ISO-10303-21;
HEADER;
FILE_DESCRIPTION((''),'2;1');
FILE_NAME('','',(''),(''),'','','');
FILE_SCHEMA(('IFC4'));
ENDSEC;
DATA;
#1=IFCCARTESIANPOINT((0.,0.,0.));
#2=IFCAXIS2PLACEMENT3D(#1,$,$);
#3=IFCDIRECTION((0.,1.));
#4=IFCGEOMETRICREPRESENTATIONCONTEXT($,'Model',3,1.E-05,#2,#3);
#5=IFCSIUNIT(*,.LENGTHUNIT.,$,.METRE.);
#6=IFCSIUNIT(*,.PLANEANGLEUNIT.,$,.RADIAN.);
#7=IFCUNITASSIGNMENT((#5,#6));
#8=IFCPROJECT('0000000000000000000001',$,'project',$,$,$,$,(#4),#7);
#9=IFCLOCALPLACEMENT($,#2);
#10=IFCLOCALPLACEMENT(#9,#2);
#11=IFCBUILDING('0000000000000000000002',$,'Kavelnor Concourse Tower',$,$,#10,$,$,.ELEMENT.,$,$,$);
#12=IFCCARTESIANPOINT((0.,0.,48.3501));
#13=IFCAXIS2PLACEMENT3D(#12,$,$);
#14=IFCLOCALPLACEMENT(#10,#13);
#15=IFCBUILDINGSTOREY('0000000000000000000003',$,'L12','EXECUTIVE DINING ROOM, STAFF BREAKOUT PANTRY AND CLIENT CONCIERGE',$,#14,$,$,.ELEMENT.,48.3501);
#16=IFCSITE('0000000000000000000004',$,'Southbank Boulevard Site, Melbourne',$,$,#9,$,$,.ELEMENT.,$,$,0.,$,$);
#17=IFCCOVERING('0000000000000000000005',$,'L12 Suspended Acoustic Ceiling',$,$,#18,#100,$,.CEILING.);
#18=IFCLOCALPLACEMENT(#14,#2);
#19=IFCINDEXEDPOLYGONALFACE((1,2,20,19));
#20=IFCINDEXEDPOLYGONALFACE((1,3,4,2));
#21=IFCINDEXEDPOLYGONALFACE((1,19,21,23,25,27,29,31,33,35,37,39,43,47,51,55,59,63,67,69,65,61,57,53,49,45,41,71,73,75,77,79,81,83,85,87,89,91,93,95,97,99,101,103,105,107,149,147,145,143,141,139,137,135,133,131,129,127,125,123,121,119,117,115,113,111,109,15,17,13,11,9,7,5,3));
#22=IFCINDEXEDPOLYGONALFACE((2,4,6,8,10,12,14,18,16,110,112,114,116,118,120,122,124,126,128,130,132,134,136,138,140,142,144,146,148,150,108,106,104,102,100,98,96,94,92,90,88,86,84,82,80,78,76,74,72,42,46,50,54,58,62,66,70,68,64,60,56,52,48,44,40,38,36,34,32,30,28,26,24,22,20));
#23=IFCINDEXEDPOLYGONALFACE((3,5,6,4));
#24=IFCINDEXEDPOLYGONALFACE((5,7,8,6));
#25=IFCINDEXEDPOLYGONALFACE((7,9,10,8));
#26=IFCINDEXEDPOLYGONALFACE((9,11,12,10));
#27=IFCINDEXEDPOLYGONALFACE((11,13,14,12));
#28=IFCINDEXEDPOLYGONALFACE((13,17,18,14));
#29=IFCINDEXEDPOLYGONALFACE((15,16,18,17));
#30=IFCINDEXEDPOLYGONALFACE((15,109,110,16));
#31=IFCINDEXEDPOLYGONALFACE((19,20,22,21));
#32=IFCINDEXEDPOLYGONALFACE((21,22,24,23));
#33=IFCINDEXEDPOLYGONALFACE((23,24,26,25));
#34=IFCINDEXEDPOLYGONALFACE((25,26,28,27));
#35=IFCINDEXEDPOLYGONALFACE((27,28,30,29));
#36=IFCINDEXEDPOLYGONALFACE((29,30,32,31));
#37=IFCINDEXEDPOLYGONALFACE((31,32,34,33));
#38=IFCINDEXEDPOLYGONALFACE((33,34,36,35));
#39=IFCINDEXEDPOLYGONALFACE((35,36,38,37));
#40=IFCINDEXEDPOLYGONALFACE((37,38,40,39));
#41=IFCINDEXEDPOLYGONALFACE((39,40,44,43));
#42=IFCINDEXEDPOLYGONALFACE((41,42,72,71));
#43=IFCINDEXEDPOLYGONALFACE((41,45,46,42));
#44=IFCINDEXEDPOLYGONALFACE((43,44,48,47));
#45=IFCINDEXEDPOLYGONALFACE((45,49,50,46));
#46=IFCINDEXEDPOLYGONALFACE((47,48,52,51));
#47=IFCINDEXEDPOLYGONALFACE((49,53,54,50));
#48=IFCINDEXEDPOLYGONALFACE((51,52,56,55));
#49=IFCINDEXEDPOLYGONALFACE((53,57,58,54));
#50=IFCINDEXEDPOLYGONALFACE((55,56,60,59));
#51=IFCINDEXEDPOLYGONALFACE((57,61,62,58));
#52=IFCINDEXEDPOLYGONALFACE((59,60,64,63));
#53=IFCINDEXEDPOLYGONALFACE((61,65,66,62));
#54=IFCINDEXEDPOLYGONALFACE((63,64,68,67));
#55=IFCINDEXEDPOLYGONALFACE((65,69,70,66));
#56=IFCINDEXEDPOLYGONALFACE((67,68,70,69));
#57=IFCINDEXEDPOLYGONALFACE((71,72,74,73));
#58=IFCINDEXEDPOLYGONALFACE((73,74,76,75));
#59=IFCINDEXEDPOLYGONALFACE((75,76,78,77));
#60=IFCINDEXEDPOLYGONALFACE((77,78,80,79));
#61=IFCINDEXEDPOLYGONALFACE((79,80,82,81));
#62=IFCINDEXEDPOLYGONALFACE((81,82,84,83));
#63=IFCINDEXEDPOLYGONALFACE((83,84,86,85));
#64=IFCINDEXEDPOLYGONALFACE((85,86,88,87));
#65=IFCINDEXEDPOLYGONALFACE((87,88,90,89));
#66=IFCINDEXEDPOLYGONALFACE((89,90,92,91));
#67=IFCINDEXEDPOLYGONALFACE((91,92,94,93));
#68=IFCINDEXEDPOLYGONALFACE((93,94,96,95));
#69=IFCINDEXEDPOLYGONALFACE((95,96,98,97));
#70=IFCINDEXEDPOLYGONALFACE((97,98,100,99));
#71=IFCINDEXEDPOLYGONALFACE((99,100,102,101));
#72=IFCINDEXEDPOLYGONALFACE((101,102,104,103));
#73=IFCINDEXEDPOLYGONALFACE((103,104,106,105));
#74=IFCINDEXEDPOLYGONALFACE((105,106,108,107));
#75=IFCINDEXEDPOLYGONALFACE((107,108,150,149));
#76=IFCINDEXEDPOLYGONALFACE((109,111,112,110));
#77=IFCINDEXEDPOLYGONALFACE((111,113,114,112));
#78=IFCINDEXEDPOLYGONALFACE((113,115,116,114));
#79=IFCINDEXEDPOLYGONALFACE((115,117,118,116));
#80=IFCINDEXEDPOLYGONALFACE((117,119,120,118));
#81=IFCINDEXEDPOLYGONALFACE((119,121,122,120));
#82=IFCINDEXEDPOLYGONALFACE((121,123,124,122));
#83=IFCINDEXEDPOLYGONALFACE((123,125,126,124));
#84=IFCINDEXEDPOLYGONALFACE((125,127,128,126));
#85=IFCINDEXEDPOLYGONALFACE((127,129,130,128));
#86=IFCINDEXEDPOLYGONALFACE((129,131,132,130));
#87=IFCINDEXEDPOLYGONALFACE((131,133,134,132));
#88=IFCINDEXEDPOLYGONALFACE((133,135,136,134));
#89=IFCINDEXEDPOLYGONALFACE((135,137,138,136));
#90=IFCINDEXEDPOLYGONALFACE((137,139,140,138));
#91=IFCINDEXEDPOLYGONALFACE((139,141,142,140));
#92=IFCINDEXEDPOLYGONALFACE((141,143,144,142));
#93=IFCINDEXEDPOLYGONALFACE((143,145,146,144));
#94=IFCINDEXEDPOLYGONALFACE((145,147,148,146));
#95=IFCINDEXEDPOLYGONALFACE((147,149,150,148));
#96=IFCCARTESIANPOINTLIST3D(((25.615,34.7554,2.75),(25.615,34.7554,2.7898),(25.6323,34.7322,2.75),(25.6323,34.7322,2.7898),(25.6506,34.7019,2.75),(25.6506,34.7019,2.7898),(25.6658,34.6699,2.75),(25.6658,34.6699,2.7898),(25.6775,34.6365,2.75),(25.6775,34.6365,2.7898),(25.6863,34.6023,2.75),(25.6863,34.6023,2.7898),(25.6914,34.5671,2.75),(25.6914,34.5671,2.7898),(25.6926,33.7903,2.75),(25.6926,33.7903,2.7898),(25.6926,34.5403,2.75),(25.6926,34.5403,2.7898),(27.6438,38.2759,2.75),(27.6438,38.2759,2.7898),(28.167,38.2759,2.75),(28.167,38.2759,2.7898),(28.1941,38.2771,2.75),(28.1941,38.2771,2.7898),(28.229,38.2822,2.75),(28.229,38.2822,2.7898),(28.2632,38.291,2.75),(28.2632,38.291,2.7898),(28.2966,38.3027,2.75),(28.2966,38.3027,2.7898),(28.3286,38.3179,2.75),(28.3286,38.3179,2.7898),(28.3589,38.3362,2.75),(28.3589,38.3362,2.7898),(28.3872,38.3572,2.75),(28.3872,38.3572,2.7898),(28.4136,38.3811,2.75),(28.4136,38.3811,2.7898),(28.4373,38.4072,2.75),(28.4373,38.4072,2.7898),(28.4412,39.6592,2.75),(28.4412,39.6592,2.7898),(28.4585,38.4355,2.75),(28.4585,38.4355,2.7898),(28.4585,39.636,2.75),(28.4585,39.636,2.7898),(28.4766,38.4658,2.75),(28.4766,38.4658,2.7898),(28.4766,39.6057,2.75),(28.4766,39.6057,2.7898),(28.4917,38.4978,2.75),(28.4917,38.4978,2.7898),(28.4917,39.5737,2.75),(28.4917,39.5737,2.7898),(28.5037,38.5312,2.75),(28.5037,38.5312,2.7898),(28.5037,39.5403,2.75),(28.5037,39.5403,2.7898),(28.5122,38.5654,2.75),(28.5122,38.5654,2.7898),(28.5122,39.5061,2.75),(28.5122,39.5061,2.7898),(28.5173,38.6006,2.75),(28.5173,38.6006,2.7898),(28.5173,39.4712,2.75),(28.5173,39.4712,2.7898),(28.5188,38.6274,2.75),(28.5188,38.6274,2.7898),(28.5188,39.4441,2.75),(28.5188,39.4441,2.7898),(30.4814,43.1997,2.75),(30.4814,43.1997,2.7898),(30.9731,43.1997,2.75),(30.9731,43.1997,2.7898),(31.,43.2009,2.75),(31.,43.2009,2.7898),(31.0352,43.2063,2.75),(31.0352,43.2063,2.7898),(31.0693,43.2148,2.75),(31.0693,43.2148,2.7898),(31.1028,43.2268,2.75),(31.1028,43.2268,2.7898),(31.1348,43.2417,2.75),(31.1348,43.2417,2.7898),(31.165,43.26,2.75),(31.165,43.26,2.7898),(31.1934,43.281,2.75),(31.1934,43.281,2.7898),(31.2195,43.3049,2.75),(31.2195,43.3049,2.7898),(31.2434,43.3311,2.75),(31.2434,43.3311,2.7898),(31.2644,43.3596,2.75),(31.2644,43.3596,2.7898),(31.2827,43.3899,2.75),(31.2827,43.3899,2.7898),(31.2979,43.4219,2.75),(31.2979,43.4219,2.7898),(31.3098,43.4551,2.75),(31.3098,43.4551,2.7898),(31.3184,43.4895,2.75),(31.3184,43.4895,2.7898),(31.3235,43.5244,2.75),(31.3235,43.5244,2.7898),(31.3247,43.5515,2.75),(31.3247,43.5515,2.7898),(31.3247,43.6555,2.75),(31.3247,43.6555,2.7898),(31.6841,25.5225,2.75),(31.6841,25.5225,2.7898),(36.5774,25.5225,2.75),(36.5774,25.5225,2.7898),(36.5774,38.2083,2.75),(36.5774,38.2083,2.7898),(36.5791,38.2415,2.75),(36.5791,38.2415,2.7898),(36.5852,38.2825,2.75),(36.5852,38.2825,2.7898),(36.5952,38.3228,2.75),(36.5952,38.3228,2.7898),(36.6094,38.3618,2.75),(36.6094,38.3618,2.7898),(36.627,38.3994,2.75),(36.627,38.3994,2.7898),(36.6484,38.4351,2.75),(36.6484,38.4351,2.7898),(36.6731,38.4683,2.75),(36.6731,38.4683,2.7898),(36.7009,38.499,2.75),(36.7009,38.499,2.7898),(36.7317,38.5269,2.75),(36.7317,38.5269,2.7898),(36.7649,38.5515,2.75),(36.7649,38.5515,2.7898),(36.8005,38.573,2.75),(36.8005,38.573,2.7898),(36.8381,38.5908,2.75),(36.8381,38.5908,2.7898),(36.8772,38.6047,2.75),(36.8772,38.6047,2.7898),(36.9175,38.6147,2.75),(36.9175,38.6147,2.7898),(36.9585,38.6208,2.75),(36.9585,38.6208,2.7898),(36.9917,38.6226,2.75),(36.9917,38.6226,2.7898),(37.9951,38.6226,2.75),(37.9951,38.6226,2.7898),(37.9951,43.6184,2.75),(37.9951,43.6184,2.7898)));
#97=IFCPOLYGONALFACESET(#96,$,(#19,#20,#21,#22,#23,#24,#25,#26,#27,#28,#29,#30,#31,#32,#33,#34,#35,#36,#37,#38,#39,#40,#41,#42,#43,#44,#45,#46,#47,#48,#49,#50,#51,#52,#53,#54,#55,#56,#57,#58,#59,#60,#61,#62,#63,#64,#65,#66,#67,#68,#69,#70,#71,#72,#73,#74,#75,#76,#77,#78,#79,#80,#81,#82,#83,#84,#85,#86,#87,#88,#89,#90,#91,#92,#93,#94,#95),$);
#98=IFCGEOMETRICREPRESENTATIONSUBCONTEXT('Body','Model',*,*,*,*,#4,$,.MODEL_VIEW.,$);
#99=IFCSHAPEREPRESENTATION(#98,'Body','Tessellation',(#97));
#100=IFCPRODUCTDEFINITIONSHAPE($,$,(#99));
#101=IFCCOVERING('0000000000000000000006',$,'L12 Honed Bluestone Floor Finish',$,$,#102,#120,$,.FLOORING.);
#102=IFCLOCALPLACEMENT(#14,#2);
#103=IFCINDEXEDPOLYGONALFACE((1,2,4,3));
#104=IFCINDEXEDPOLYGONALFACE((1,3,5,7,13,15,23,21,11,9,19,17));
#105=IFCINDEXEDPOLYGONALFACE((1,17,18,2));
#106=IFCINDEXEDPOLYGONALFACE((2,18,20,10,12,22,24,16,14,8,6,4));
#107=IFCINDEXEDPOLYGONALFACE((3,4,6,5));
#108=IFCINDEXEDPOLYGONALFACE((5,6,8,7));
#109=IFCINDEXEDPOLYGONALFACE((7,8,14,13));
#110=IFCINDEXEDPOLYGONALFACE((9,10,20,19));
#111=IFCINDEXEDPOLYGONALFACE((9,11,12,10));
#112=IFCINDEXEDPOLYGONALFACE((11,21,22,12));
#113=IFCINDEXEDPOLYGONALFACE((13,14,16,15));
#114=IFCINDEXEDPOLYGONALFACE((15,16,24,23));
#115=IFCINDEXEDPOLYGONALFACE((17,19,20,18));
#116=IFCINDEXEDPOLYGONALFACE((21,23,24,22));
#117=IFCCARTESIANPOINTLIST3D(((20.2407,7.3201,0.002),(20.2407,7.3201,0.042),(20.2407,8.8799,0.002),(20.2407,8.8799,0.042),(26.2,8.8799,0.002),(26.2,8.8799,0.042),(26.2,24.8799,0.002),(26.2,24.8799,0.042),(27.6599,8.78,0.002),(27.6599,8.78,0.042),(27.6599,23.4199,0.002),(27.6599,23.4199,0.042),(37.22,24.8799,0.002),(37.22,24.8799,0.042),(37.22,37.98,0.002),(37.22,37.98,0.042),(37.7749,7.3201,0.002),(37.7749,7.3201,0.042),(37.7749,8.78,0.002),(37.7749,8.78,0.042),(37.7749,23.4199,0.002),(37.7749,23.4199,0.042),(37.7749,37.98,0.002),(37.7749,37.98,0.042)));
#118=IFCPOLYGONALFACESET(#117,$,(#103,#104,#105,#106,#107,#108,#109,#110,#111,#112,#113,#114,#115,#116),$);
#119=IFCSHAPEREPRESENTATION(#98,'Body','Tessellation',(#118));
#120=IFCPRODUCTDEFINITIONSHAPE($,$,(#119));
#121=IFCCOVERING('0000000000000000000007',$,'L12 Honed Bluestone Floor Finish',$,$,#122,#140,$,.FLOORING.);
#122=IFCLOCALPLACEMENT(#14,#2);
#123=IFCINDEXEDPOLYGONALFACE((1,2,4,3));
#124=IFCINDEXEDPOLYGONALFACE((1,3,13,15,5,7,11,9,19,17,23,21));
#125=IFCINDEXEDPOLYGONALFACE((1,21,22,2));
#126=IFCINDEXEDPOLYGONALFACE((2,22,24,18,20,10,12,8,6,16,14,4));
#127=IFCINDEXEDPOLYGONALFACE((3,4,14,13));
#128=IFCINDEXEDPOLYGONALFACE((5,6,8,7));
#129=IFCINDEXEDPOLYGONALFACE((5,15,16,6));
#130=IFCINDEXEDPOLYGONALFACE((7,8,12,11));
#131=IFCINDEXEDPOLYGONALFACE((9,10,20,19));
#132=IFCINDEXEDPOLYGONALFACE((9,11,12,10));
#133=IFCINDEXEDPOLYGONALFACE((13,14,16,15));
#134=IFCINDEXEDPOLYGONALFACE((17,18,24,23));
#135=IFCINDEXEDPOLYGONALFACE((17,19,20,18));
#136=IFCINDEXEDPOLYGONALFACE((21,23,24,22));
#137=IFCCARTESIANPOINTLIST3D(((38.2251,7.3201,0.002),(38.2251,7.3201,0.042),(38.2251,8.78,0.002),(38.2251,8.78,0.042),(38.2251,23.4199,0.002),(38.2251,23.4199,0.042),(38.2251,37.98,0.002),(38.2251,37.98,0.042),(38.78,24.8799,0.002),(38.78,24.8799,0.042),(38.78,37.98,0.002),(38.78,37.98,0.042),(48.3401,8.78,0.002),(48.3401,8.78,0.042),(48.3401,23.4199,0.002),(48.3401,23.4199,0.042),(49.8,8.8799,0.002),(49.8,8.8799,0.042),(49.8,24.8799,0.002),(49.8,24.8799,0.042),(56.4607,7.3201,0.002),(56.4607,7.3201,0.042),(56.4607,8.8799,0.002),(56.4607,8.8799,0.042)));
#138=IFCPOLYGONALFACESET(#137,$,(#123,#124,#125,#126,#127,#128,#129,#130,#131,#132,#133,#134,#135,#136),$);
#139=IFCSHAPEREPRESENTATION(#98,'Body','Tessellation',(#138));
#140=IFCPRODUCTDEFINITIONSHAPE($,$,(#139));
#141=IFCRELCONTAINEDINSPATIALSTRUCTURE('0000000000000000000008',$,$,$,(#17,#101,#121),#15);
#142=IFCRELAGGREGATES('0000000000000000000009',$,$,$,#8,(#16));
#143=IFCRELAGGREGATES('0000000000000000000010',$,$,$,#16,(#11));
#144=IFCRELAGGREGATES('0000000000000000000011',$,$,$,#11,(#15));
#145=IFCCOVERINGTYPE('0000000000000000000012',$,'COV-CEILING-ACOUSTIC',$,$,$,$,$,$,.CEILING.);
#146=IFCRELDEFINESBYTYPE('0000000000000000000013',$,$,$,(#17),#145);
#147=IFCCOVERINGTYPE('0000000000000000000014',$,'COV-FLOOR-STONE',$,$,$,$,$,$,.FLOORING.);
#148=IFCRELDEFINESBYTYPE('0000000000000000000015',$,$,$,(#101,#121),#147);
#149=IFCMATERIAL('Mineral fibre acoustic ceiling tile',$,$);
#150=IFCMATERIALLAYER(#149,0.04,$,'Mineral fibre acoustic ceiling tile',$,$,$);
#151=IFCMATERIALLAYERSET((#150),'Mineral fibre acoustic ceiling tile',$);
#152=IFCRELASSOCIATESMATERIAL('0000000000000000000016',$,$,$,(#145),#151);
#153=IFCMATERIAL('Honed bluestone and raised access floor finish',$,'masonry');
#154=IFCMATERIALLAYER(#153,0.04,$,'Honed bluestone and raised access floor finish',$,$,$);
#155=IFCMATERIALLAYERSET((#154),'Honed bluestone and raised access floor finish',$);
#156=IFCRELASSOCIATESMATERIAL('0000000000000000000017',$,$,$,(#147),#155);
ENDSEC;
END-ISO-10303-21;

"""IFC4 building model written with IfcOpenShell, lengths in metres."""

from ifc_helpers import new_model, si_unit, direction, frame, origin, place, context, subcontext, project, spatial, polyline, outline, extrude, material, layer, layer_set, type_object, element, save


model = new_model("IFC4")

# Units and contexts
model_context = context("Model", 3, precision=1e-05, world=origin(), true_north=direction((0.0, 1.0)))
body_context = subcontext(model_context, "Body", "Model", "MODEL_VIEW")
ifc_project = project(units=[si_unit("LENGTHUNIT", "METRE"), si_unit("PLANEANGLEUNIT", "RADIAN")], contexts=[model_context])

# Site, building, storey
site_placement = place(None, origin())
site = spatial("IfcSite", under=ifc_project, at=site_placement, Name="Southbank Boulevard Site, Melbourne", CompositionType="ELEMENT", RefElevation=0.0)
building_placement = place(site_placement, origin())
building = spatial("IfcBuilding", under=site, at=building_placement, Name="Kavelnor Concourse Tower", CompositionType="ELEMENT")
storey_placement = place(building_placement, frame((0.0, 0.0, 48.3501)))
storey = spatial("IfcBuildingStorey", under=building, at=storey_placement, Name="L12", Description="EXECUTIVE DINING ROOM, STAFF BREAKOUT PANTRY AND CLIENT CONCIERGE", CompositionType="ELEMENT", Elevation=48.3501)

# Coverings
ifc_material_1 = material(Name="Mineral fibre acoustic ceiling tile")
ifc_layer_1 = layer(ifc_material_1, 0.04, Name="Mineral fibre acoustic ceiling tile")
ifc_layer_set_1 = layer_set([ifc_layer_1], Name="Mineral fibre acoustic ceiling tile")
covering_type_1 = type_object("IfcCoveringType", Name="COV-CEILING-ACOUSTIC", PredefinedType="CEILING", material=ifc_layer_set_1)
covering_1_placement = place(storey_placement, frame((0.0, 0.0, 2.75)))
element("IfcCovering", 1, at=covering_1_placement, inside=storey, type_object=covering_type_1, Name="L12 Suspended Acoustic Ceiling", PredefinedType="CEILING", context=body_context, shape_type="SweptSolid", body=[
    extrude(outline(polyline([(28.1941, 38.2771), (28.229, 38.2822), (28.2632, 38.291), (28.2966, 38.3027), (28.3286, 38.3179), (28.3589, 38.3362), (28.3872, 38.3572), (28.4136, 38.3811), (28.4373, 38.4072), (28.4585, 38.4355), (28.4766, 38.4658), (28.4917, 38.4978), (28.5037, 38.5312), (28.5122, 38.5654), (28.5173, 38.6006), (28.5188, 38.6274), (28.5188, 39.4441), (28.5173, 39.4712), (28.5122, 39.5061), (28.5037, 39.5403), (28.4917, 39.5737), (28.4766, 39.6057), (28.4585, 39.636), (28.4412, 39.6592), (30.4814, 43.1997), (30.9731, 43.1997), (31.0, 43.2009), (31.0352, 43.2063), (31.0693, 43.2148), (31.1028, 43.2268), (31.1348, 43.2417), (31.165, 43.26), (31.1934, 43.281), (31.2195, 43.3049), (31.2434, 43.3311), (31.2644, 43.3596), (31.2827, 43.3899), (31.2979, 43.4219), (31.3098, 43.4551), (31.3184, 43.4895), (31.3235, 43.5244), (31.3247, 43.5515), (31.3247, 43.6555), (37.9951, 43.6184), (37.9951, 38.6226), (36.9917, 38.6226), (36.9585, 38.6208), (36.9175, 38.6147), (36.8772, 38.6047), (36.8381, 38.5908), (36.8005, 38.573), (36.7649, 38.5515), (36.7317, 38.5269), (36.7009, 38.499), (36.6731, 38.4683), (36.6484, 38.4351), (36.627, 38.3994), (36.6094, 38.3618), (36.5952, 38.3228), (36.5852, 38.2825), (36.5791, 38.2415), (36.5774, 38.2083), (36.5774, 25.5225), (31.6841, 25.5225), (25.6926, 33.7903), (25.6926, 34.5403), (25.6914, 34.5671), (25.6863, 34.6023), (25.6775, 34.6365), (25.6658, 34.6699), (25.6506, 34.7019), (25.6323, 34.7322), (25.615, 34.7554), (27.6438, 38.2759), (28.167, 38.2759), (28.1941, 38.2771)])), origin(), (0.0, 0.0, 1.0), 0.0398),
])
ifc_material_2 = material(Name="Honed bluestone and raised access floor finish", Category="masonry")
ifc_layer_2 = layer(ifc_material_2, 0.04, Name="Honed bluestone and raised access floor finish")
ifc_layer_set_2 = layer_set([ifc_layer_2], Name="Honed bluestone and raised access floor finish")
covering_type_2 = type_object("IfcCoveringType", Name="COV-FLOOR-STONE", PredefinedType="FLOORING", material=ifc_layer_set_2)
covering_2_placement = place(storey_placement, frame((0.0, 0.0, 0.002)))
element("IfcCovering", 2, at=covering_2_placement, inside=storey, type_object=covering_type_2, Name="L12 Honed Bluestone Floor Finish", PredefinedType="FLOORING", context=body_context, shape_type="SweptSolid", body=[
    extrude(outline(polyline([(37.22, 37.98), (37.7749, 37.98), (37.7749, 23.4199), (27.6599, 23.4199), (27.6599, 8.78), (37.7749, 8.78), (37.7749, 7.3201), (20.2407, 7.3201), (20.2407, 8.8799), (26.2, 8.8799), (26.2, 24.8799), (37.22, 24.8799), (37.22, 37.98)])), origin(), (0.0, 0.0, 1.0), 0.04),
])
covering_3_placement = place(storey_placement, frame((0.0, 0.0, 0.002)))
element("IfcCovering", 3, at=covering_3_placement, inside=storey, type_object=covering_type_2, Name="L12 Honed Bluestone Floor Finish", PredefinedType="FLOORING", context=body_context, shape_type="SweptSolid", body=[
    extrude(outline(polyline([(38.78, 37.98), (38.78, 24.8799), (49.8, 24.8799), (49.8, 8.8799), (56.4607, 8.8799), (56.4607, 7.3201), (38.2251, 7.3201), (38.2251, 8.78), (48.3401, 8.78), (48.3401, 23.4199), (38.2251, 23.4199), (38.2251, 37.98), (38.78, 37.98)])), origin(), (0.0, 0.0, 1.0), 0.04),
])

save(model, "model.ifc")
